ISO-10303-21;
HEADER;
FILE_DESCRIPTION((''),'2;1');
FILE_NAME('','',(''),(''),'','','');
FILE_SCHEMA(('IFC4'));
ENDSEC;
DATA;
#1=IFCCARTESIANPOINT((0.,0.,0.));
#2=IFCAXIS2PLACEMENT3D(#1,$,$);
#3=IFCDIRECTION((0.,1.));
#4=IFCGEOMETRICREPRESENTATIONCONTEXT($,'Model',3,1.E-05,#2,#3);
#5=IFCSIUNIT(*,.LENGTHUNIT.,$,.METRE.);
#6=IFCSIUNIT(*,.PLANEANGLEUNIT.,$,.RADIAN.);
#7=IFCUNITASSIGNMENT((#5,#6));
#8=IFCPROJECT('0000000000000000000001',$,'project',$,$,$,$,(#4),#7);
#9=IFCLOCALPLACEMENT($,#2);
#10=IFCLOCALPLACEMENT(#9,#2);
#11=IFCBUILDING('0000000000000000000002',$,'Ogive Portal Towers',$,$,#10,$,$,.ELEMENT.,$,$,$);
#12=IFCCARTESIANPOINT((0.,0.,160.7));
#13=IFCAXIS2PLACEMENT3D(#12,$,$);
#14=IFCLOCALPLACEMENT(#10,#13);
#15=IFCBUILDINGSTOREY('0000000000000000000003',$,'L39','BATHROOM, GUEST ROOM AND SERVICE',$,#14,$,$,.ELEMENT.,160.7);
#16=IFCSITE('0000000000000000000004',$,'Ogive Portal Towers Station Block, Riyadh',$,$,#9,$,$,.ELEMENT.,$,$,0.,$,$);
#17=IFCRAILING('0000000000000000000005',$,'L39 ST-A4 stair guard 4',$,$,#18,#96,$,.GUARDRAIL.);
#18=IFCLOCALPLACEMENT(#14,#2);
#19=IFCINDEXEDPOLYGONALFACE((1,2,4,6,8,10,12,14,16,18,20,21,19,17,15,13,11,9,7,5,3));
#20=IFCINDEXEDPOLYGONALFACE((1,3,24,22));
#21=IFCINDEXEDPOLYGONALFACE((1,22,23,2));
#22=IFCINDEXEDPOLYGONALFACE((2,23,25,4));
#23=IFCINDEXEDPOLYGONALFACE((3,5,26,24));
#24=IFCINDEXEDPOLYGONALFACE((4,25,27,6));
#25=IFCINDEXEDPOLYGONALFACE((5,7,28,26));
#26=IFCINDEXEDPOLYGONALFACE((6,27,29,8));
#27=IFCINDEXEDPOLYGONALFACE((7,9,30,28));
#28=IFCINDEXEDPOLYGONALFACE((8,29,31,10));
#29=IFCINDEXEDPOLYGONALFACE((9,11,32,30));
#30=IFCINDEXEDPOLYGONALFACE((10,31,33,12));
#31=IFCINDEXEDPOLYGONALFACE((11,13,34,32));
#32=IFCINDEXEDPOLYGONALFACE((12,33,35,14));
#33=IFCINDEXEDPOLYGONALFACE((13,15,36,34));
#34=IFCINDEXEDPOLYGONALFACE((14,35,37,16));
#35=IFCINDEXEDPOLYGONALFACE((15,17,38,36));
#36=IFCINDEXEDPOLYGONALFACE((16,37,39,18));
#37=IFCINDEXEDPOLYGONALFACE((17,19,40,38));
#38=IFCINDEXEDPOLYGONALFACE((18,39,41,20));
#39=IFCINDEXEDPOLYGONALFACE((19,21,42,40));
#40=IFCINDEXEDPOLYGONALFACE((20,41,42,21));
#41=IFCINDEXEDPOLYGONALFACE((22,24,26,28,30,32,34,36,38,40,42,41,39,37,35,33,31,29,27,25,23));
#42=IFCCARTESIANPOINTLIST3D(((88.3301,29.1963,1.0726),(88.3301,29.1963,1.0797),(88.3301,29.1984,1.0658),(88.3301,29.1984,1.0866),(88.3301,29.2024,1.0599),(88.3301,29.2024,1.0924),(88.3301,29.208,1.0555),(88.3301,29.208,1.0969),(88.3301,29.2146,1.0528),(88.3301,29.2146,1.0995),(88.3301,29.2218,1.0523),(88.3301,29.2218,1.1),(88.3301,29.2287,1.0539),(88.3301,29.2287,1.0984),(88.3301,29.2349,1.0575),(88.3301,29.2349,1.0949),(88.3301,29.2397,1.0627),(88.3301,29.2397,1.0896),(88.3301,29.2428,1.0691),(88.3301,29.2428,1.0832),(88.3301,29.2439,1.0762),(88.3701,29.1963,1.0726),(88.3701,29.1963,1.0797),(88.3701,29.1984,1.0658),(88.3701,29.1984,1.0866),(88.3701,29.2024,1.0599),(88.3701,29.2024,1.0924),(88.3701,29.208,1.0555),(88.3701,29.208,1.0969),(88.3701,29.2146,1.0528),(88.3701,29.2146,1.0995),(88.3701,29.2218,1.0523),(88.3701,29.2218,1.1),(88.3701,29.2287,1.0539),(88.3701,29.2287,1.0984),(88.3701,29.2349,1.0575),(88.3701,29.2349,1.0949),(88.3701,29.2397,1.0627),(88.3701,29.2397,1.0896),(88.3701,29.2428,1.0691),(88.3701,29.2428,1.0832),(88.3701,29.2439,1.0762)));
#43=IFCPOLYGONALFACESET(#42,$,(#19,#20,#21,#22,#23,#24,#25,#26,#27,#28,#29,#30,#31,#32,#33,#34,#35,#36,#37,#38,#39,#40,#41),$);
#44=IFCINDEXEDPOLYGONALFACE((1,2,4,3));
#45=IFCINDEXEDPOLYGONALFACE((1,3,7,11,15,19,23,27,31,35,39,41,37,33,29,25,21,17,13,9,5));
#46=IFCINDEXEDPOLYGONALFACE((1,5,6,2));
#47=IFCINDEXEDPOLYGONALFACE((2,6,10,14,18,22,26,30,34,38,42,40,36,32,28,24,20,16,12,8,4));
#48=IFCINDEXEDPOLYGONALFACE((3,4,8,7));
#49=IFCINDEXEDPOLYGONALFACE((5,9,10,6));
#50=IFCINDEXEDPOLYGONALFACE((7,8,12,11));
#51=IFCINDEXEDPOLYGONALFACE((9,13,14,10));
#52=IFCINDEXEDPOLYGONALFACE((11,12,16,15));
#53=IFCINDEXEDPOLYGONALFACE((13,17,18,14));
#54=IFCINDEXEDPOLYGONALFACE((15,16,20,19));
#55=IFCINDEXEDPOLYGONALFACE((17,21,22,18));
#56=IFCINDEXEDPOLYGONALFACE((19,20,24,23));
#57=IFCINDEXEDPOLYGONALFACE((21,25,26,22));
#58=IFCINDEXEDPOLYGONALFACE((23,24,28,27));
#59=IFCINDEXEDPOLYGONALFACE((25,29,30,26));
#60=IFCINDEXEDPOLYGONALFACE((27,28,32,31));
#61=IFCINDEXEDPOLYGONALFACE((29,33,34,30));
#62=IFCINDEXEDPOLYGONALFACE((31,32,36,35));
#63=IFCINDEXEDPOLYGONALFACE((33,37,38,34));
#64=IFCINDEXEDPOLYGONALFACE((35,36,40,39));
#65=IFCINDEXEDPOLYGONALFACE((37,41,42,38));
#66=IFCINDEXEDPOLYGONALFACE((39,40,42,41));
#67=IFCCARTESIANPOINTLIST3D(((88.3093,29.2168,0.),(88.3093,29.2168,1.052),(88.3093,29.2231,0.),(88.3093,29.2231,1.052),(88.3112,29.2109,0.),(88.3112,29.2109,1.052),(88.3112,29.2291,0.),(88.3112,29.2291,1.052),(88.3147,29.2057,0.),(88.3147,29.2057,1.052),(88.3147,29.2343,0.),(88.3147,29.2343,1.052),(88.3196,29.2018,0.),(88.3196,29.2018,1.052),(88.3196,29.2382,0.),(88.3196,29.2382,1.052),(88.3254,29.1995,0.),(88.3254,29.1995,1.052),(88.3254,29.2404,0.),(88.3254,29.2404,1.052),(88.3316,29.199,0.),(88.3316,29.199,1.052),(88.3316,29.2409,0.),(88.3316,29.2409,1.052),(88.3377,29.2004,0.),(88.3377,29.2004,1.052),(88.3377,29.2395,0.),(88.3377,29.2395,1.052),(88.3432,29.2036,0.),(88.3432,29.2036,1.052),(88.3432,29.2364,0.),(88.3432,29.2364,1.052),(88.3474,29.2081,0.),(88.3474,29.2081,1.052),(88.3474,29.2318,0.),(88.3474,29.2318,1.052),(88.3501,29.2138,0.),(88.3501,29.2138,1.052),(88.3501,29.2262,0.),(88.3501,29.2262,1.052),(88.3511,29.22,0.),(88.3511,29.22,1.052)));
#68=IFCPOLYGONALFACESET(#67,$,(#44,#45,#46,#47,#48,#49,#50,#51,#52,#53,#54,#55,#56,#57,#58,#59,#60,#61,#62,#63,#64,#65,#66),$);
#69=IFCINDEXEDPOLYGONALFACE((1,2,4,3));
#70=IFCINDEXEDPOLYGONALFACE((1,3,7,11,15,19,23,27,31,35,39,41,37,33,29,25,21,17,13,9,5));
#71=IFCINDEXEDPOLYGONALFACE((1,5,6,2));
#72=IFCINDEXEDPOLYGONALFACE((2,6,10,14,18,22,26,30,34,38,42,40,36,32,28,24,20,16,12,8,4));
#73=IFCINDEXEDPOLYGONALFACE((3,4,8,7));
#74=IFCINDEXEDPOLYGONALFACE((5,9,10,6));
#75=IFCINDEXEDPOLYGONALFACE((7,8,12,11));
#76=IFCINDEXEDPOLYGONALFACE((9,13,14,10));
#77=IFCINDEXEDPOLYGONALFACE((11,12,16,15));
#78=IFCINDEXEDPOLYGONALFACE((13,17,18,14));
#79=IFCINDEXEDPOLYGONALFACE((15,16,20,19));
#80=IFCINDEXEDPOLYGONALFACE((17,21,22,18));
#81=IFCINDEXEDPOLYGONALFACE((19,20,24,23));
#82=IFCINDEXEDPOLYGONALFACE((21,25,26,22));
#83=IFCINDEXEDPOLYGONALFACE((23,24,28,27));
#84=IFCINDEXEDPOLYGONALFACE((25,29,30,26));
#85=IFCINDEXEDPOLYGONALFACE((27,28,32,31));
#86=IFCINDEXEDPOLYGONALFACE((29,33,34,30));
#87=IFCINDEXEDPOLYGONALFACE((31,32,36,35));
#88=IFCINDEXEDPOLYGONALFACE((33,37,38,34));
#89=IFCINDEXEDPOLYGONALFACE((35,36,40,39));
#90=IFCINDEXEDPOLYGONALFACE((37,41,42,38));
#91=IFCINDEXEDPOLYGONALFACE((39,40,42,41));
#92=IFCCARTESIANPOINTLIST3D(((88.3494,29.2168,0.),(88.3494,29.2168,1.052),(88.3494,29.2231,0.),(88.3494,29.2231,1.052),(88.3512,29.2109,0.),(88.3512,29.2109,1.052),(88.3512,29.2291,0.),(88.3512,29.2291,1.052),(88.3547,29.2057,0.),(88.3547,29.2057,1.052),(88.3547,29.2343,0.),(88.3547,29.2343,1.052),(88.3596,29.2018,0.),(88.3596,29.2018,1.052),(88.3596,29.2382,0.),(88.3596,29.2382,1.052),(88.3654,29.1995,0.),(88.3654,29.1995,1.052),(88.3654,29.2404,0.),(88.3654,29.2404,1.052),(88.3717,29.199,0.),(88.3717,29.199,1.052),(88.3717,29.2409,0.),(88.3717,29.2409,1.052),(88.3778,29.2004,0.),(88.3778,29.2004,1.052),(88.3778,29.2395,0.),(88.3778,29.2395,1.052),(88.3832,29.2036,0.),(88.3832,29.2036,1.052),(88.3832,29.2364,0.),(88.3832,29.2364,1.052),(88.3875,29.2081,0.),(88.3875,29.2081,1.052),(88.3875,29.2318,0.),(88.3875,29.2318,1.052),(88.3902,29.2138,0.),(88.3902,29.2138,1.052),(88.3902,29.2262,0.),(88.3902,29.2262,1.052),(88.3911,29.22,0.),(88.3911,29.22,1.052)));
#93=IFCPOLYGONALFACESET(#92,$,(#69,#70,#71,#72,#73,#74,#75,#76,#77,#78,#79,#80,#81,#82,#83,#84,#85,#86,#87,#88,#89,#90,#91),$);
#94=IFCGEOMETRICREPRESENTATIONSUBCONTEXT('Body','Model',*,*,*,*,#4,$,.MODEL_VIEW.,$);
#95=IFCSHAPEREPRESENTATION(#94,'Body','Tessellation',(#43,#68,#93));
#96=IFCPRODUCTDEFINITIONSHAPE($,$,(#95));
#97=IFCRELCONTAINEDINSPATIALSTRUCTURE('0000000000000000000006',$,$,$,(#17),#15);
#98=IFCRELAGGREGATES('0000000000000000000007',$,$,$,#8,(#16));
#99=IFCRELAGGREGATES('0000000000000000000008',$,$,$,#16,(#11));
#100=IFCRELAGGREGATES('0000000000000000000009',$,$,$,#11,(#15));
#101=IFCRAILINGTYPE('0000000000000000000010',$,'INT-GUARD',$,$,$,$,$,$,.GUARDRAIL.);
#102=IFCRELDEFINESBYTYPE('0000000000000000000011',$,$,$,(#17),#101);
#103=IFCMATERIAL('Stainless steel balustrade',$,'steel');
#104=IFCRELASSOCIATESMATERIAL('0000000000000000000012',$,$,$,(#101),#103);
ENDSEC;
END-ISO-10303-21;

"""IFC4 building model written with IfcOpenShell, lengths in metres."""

from ifc_helpers import new_model, si_unit, direction, frame, origin, origin_2d, place, context, subcontext, project, spatial, circle, extrude, material, type_object, element, save


model = new_model("IFC4")

# Units and contexts
model_context = context("Model", 3, precision=1e-05, world=origin(), true_north=direction((0.0, 1.0)))
body_context = subcontext(model_context, "Body", "Model", "MODEL_VIEW")
ifc_project = project(units=[si_unit("LENGTHUNIT", "METRE"), si_unit("PLANEANGLEUNIT", "RADIAN")], contexts=[model_context])

# Site, building, storey
site_placement = place(None, origin())
site = spatial("IfcSite", under=ifc_project, at=site_placement, Name="Ogive Portal Towers Station Block, Riyadh", CompositionType="ELEMENT", RefElevation=0.0)
building_placement = place(site_placement, origin())
building = spatial("IfcBuilding", under=site, at=building_placement, Name="Ogive Portal Towers", CompositionType="ELEMENT")
storey_placement = place(building_placement, frame((0.0, 0.0, 160.7)))
storey = spatial("IfcBuildingStorey", under=building, at=storey_placement, Name="L39", Description="BATHROOM, GUEST ROOM AND SERVICE", CompositionType="ELEMENT", Elevation=160.7)

# Railing
ifc_material_1 = material(Name="Stainless steel balustrade", Category="steel")
railing_type_1 = type_object("IfcRailingType", Name="INT-GUARD", PredefinedType="GUARDRAIL", material=ifc_material_1)
railing_1_placement = place(storey_placement, frame((88.3301, 29.22, 0.0)))
element("IfcRailing", 1, at=railing_1_placement, inside=storey, type_object=railing_type_1, Name="L39 ST-A4 stair guard 4", PredefinedType="GUARDRAIL", context=body_context, shape_type="SweptSolid", body=[
    extrude(circle(Radius=0.0239, at=origin_2d()), frame((0.0, 0.0, 1.0762), z_axis=(1.0, 0.0, 0.0), x_axis=(0.0, 1.0, 0.0)), (0.0, 0.0, 1.0), 0.04),
    extrude(circle(Radius=0.021, at=origin_2d()), origin(), (0.0, 0.0, 1.0), 1.052),
    extrude(circle(Radius=0.021, at=origin_2d()), frame((0.04, 0.0, 0.0)), (0.0, 0.0, 1.0), 1.052),
])

save(model, "model.ifc")
